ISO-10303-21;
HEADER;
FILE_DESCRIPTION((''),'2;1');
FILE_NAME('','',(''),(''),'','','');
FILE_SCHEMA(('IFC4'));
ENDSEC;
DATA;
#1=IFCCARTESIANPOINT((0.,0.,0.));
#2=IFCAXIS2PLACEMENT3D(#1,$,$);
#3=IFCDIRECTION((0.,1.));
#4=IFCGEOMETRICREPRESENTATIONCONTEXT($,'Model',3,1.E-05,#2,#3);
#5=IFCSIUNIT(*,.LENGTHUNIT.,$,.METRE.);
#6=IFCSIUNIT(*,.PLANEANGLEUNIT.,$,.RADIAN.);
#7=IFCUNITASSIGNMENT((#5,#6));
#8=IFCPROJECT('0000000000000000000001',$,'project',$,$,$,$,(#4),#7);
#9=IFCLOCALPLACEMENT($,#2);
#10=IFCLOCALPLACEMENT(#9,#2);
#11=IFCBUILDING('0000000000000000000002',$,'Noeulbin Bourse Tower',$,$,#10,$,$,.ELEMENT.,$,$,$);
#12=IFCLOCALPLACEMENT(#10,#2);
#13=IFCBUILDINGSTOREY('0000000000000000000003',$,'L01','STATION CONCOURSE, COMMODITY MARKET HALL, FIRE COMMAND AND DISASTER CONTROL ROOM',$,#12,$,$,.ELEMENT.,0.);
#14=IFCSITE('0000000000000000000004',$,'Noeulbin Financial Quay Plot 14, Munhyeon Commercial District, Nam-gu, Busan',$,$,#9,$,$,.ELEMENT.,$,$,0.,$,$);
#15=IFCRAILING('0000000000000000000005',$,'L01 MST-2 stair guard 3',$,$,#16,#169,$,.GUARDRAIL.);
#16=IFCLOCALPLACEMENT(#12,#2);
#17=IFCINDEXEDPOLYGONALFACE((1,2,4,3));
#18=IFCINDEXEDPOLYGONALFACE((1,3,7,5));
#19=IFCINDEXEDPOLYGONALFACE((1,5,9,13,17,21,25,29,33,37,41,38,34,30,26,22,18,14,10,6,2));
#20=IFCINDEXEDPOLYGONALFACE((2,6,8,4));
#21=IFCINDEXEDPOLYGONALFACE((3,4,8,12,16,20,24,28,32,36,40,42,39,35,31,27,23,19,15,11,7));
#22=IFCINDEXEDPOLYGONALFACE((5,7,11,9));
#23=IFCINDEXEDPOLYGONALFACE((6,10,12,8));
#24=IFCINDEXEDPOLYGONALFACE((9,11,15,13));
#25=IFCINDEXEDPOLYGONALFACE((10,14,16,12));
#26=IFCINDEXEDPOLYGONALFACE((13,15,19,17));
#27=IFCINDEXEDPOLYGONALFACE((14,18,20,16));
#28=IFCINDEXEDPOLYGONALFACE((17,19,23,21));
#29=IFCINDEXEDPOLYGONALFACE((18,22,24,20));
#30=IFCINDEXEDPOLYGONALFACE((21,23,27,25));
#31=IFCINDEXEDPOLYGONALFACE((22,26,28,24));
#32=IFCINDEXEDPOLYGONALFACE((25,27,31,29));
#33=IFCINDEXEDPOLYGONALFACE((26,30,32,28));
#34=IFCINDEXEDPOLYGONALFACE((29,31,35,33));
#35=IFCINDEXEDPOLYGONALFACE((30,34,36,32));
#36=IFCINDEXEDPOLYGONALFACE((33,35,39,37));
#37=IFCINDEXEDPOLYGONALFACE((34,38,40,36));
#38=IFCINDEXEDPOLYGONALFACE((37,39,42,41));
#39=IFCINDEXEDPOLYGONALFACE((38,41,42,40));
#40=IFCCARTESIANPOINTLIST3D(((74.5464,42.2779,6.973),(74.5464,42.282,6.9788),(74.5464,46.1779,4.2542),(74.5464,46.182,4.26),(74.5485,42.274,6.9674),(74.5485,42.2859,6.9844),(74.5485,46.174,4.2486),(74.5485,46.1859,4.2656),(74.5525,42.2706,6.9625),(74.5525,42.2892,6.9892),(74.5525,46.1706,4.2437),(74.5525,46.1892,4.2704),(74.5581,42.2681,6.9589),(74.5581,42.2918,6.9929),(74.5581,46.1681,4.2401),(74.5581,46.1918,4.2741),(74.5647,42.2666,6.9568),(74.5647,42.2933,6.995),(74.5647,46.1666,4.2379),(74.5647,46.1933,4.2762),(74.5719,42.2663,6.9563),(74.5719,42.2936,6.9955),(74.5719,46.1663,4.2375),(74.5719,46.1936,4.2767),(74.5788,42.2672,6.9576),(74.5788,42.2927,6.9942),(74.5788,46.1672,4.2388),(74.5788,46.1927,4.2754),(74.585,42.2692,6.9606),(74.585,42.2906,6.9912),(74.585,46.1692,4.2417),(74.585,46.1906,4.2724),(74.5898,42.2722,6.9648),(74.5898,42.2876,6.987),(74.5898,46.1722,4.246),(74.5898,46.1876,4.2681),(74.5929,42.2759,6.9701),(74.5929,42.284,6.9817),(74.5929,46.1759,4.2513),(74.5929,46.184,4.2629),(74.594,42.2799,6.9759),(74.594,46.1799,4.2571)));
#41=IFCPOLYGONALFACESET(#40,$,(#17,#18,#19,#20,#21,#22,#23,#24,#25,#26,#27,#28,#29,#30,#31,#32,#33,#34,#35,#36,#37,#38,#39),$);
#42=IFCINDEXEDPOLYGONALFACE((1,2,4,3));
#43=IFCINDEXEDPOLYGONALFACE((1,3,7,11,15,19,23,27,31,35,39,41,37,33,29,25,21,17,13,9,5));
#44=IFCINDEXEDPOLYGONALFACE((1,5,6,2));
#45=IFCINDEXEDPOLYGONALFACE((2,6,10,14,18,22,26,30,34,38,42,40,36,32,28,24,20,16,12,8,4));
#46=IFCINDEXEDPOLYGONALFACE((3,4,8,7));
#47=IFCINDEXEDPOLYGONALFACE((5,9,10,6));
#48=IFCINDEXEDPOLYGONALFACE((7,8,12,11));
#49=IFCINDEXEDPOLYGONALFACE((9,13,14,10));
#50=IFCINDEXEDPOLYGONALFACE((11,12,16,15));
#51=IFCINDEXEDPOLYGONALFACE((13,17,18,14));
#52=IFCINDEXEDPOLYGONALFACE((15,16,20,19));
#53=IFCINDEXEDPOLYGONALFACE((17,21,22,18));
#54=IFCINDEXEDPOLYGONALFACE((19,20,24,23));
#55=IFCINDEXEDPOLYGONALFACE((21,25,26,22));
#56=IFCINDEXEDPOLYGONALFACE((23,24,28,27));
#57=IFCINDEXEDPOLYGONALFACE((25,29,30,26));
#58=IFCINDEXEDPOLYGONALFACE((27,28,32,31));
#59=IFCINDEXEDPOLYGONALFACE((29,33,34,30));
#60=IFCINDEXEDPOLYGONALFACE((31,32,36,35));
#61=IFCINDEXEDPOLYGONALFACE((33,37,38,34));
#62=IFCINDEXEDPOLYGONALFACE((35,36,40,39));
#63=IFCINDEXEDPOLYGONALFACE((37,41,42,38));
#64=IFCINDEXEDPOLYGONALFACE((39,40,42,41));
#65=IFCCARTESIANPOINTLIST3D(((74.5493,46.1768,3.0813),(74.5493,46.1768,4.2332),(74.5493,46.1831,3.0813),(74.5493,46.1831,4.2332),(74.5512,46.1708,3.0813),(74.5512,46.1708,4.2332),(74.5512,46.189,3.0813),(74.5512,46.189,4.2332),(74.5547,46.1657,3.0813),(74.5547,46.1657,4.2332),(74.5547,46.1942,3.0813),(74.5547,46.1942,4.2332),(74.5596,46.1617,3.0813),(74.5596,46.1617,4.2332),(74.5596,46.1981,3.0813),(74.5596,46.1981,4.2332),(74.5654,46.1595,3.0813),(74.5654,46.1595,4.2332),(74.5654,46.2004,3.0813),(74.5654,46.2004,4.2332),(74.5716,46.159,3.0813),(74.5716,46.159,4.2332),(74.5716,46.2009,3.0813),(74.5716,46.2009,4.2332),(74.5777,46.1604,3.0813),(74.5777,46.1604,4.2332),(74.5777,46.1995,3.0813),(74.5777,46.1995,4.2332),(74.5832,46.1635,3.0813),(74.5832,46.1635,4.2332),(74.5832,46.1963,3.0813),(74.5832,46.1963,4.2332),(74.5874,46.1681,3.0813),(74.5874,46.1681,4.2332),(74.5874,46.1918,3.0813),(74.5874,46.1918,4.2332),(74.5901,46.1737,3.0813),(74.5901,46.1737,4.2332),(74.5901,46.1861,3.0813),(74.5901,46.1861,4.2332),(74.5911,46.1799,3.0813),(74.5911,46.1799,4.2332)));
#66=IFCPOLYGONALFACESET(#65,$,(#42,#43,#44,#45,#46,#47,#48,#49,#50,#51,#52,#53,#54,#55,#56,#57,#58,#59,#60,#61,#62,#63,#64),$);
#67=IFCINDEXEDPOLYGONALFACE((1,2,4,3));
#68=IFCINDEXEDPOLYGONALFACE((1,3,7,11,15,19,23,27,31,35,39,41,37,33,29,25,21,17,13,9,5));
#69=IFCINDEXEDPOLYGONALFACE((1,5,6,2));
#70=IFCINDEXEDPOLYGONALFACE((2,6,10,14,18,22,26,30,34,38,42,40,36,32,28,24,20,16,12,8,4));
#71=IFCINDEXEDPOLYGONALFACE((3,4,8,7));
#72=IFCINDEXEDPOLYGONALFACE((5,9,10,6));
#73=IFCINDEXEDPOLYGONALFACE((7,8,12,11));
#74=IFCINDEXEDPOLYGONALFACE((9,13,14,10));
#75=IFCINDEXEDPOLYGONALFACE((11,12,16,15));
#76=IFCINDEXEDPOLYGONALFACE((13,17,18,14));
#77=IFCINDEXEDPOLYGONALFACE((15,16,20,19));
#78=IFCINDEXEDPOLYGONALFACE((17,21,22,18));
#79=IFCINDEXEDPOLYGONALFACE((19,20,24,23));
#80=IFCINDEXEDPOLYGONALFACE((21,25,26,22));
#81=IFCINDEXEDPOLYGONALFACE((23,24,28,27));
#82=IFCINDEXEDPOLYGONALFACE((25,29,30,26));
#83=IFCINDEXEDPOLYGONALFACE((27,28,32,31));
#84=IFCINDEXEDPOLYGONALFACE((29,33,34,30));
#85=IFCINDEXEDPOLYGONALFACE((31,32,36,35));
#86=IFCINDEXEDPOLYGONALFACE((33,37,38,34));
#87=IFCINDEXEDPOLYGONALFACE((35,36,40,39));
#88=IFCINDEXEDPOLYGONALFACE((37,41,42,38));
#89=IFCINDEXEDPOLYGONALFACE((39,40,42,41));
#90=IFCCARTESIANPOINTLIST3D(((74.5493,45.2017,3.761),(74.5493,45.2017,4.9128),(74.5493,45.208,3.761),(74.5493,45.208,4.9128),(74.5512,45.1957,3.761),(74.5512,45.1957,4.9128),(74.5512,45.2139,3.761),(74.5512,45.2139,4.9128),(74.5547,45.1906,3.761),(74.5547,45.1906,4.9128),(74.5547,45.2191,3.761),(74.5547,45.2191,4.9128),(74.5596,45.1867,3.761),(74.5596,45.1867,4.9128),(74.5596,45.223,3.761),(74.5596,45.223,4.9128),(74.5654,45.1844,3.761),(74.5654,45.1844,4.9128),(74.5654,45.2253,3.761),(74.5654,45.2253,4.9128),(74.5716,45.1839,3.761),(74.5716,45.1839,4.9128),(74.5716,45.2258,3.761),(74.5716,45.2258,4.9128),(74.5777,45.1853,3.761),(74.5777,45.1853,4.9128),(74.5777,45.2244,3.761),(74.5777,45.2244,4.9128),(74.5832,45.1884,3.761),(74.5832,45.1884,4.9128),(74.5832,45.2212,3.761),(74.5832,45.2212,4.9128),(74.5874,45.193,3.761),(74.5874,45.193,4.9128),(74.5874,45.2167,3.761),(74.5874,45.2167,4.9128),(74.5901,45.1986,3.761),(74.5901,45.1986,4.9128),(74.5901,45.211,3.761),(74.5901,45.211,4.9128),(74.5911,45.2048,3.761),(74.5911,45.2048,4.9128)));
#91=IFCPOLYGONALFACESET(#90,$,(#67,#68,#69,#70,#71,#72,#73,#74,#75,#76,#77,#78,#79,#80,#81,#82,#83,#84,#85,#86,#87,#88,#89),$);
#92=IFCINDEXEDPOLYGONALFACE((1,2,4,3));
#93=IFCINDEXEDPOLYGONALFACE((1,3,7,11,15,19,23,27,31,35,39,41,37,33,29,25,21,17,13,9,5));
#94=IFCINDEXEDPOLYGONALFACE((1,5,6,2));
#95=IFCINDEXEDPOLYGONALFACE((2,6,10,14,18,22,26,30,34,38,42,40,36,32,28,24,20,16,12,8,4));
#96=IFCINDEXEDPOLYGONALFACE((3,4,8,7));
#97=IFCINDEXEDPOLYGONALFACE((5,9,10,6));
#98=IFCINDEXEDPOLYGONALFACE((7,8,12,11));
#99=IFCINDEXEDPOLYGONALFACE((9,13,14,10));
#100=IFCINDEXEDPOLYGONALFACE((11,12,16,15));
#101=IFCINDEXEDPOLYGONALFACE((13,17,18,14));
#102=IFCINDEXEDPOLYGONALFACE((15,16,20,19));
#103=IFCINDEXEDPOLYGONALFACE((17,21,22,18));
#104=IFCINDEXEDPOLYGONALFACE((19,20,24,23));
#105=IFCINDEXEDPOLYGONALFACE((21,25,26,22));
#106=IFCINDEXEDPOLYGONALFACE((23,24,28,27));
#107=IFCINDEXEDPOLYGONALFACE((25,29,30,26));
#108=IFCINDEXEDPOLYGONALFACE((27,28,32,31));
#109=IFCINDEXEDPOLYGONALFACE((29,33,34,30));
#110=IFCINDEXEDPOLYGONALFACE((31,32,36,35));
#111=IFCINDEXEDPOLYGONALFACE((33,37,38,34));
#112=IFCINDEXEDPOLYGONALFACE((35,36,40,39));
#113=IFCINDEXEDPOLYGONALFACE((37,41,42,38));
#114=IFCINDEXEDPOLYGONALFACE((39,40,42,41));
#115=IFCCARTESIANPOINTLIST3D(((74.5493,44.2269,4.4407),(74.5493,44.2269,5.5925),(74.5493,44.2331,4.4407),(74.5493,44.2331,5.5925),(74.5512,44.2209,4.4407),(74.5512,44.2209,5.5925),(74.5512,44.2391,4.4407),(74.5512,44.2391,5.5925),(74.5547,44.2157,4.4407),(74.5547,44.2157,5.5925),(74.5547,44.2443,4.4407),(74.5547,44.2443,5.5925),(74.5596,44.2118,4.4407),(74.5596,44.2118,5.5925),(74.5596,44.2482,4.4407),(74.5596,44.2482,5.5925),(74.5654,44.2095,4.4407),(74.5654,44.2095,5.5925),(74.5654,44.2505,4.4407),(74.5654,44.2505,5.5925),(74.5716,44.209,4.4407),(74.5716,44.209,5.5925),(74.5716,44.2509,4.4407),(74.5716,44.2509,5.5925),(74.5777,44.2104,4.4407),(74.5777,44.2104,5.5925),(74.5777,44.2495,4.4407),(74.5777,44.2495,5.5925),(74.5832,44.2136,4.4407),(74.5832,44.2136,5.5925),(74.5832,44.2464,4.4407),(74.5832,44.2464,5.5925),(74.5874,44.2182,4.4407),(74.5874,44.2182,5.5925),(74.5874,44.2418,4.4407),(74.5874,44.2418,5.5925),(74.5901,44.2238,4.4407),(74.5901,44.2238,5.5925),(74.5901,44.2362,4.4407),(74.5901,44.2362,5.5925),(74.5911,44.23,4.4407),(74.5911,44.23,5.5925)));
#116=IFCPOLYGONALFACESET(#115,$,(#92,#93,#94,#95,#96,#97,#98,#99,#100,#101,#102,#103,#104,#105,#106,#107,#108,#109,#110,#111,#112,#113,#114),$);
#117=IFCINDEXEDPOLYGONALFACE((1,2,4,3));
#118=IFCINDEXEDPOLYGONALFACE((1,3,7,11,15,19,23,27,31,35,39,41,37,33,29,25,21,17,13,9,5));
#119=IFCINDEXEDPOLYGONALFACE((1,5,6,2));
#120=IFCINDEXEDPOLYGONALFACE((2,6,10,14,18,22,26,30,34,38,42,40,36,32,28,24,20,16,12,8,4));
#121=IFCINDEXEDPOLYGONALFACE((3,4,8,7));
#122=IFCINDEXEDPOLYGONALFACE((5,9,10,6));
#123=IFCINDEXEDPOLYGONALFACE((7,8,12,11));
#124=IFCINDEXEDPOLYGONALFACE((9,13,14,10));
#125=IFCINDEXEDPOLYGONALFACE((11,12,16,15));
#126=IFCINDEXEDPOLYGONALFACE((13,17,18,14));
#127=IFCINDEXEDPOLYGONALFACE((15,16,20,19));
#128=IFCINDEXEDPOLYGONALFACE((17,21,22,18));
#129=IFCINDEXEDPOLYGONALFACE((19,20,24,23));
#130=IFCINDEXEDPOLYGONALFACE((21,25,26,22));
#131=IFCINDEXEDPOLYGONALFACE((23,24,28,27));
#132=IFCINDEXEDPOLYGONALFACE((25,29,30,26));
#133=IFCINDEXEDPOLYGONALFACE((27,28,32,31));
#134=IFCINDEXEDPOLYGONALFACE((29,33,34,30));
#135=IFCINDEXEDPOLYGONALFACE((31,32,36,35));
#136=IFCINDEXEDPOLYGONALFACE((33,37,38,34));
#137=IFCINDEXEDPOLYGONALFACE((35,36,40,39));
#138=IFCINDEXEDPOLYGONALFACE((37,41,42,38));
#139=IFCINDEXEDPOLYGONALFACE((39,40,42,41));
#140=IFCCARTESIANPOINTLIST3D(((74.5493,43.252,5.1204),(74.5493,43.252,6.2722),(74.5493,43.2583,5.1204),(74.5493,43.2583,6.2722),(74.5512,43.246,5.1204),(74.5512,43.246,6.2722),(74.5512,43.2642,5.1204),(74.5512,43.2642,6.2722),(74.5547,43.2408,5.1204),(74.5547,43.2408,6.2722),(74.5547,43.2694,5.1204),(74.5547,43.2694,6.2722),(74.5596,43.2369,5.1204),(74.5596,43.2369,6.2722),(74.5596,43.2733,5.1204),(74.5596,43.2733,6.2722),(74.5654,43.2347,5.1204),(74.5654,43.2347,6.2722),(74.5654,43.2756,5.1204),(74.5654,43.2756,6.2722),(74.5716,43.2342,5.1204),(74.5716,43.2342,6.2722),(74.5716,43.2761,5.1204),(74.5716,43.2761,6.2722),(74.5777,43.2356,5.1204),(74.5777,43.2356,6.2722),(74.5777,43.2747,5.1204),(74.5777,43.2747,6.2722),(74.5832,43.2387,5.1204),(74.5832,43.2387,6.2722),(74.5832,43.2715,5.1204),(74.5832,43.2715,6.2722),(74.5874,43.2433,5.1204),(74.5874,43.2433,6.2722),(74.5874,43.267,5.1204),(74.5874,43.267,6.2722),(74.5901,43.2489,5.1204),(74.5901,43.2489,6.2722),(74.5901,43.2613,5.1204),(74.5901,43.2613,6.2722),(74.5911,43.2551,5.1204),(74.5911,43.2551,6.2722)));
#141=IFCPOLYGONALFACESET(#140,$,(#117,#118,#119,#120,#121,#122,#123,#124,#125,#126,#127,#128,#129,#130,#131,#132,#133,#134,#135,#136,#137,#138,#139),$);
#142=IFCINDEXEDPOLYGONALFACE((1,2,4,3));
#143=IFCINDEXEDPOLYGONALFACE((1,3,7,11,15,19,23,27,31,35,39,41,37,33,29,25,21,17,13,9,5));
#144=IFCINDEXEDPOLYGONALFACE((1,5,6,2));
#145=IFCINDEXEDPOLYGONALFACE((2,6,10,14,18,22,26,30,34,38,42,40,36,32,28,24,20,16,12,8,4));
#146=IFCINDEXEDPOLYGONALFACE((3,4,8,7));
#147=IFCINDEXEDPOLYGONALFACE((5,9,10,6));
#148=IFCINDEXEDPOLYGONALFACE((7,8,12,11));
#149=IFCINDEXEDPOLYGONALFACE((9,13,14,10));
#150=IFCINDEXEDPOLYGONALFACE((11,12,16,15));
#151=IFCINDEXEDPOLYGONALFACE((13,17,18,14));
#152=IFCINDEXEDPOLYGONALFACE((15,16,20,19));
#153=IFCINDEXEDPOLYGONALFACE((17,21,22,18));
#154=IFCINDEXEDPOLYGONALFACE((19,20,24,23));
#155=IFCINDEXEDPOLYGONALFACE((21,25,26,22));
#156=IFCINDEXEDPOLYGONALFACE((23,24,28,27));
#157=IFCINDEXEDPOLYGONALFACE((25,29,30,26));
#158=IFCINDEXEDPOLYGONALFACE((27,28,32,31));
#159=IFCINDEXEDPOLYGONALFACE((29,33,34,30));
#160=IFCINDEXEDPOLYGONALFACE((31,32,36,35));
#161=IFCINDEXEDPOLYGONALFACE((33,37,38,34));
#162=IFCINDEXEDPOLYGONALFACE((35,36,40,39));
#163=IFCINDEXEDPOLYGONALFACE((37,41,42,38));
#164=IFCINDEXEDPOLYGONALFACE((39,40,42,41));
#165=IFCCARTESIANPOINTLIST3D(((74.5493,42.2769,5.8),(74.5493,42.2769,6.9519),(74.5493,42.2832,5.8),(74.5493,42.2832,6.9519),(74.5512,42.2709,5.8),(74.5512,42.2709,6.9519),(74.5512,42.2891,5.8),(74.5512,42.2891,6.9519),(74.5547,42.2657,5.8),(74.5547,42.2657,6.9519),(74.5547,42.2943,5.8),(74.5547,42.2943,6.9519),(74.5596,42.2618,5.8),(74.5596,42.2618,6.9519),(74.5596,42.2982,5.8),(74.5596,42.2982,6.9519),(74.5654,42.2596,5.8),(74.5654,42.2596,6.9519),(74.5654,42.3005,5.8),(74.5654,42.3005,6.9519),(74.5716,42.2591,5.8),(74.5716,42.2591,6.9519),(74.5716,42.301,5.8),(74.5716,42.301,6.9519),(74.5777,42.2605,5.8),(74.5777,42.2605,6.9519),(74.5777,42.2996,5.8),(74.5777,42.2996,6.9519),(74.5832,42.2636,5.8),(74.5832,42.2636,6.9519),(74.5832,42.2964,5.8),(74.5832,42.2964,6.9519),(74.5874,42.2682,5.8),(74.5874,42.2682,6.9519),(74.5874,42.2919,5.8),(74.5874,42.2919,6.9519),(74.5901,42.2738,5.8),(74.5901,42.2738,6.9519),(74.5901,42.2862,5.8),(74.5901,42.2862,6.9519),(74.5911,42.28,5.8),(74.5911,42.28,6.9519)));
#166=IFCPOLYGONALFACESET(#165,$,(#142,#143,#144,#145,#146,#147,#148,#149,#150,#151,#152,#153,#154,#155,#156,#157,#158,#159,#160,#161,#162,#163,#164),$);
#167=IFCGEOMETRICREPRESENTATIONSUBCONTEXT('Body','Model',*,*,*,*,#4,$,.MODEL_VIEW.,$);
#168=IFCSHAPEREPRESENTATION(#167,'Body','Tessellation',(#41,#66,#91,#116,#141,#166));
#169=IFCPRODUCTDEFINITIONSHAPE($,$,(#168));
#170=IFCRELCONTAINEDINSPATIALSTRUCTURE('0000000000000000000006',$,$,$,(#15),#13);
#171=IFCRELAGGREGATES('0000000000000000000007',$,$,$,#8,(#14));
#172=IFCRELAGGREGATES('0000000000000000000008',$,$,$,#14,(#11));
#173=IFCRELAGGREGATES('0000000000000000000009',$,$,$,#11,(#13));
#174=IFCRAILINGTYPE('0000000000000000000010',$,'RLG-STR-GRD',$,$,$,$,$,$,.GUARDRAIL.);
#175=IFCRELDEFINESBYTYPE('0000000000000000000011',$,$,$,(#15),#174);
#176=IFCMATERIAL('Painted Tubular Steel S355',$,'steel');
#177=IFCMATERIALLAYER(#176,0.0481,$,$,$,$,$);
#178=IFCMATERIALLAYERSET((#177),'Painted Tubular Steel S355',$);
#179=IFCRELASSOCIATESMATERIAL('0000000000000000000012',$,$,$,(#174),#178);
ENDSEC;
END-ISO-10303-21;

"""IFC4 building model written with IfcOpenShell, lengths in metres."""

from ifc_helpers import new_model, si_unit, direction, frame, origin, origin_2d, place, context, subcontext, project, spatial, circle, extrude, material, layer, layer_set, type_object, element, save


model = new_model("IFC4")

# Units and contexts
model_context = context("Model", 3, precision=1e-05, world=origin(), true_north=direction((0.0, 1.0)))
body_context = subcontext(model_context, "Body", "Model", "MODEL_VIEW")
ifc_project = project(units=[si_unit("LENGTHUNIT", "METRE"), si_unit("PLANEANGLEUNIT", "RADIAN")], contexts=[model_context])

# Site, building, storey
site_placement = place(None, origin())
site = spatial("IfcSite", under=ifc_project, at=site_placement, Name="Noeulbin Financial Quay Plot 14, Munhyeon Commercial District, Nam-gu, Busan", CompositionType="ELEMENT", RefElevation=0.0)
building_placement = place(site_placement, origin())
building = spatial("IfcBuilding", under=site, at=building_placement, Name="Noeulbin Bourse Tower", CompositionType="ELEMENT")
storey_placement = place(building_placement, origin())
storey = spatial("IfcBuildingStorey", under=building, at=storey_placement, Name="L01", Description="STATION CONCOURSE, COMMODITY MARKET HALL, FIRE COMMAND AND DISASTER CONTROL ROOM", CompositionType="ELEMENT", Elevation=0.0)

# Railing
ifc_material_1 = material(Name="Painted Tubular Steel S355", Category="steel")
ifc_layer_1 = layer(ifc_material_1, 0.0481)
ifc_layer_set_1 = layer_set([ifc_layer_1], Name="Painted Tubular Steel S355")
railing_type_1 = type_object("IfcRailingType", Name="RLG-STR-GRD", PredefinedType="GUARDRAIL", material=ifc_layer_set_1)
railing_1_placement = place(storey_placement, frame((74.5701, 46.1799, 3.0813)))
element("IfcRailing", 1, at=railing_1_placement, inside=storey, type_object=railing_type_1, Name="L01 MST-2 stair guard 3", PredefinedType="GUARDRAIL", context=body_context, shape_type="SweptSolid", body=[
    extrude(circle(Radius=0.0239, at=origin_2d()), frame((0.0, 0.0, 1.1758), z_axis=(0.0, -0.820335, 0.571883), x_axis=(1.0, 0.0, 0.0)), (0.0, 0.0, 1.0), 4.7542),
    extrude(circle(Radius=0.021, at=origin_2d()), origin(), (0.0, 0.0, 1.0), 1.1519),
    extrude(circle(Radius=0.021, at=origin_2d()), frame((0.0, -0.9751, 0.6797)), (0.0, 0.0, 1.0), 1.1519),
    extrude(circle(Radius=0.021, at=origin_2d()), frame((0.0, -1.95, 1.3594)), (0.0, 0.0, 1.0), 1.1519),
    extrude(circle(Radius=0.021, at=origin_2d()), frame((0.0, -2.9248, 2.0391)), (0.0, 0.0, 1.0), 1.1519),
    extrude(circle(Radius=0.021, at=origin_2d()), frame((0.0, -3.8999, 2.7188)), (0.0, 0.0, 1.0), 1.1519),
])

save(model, "model.ifc")
